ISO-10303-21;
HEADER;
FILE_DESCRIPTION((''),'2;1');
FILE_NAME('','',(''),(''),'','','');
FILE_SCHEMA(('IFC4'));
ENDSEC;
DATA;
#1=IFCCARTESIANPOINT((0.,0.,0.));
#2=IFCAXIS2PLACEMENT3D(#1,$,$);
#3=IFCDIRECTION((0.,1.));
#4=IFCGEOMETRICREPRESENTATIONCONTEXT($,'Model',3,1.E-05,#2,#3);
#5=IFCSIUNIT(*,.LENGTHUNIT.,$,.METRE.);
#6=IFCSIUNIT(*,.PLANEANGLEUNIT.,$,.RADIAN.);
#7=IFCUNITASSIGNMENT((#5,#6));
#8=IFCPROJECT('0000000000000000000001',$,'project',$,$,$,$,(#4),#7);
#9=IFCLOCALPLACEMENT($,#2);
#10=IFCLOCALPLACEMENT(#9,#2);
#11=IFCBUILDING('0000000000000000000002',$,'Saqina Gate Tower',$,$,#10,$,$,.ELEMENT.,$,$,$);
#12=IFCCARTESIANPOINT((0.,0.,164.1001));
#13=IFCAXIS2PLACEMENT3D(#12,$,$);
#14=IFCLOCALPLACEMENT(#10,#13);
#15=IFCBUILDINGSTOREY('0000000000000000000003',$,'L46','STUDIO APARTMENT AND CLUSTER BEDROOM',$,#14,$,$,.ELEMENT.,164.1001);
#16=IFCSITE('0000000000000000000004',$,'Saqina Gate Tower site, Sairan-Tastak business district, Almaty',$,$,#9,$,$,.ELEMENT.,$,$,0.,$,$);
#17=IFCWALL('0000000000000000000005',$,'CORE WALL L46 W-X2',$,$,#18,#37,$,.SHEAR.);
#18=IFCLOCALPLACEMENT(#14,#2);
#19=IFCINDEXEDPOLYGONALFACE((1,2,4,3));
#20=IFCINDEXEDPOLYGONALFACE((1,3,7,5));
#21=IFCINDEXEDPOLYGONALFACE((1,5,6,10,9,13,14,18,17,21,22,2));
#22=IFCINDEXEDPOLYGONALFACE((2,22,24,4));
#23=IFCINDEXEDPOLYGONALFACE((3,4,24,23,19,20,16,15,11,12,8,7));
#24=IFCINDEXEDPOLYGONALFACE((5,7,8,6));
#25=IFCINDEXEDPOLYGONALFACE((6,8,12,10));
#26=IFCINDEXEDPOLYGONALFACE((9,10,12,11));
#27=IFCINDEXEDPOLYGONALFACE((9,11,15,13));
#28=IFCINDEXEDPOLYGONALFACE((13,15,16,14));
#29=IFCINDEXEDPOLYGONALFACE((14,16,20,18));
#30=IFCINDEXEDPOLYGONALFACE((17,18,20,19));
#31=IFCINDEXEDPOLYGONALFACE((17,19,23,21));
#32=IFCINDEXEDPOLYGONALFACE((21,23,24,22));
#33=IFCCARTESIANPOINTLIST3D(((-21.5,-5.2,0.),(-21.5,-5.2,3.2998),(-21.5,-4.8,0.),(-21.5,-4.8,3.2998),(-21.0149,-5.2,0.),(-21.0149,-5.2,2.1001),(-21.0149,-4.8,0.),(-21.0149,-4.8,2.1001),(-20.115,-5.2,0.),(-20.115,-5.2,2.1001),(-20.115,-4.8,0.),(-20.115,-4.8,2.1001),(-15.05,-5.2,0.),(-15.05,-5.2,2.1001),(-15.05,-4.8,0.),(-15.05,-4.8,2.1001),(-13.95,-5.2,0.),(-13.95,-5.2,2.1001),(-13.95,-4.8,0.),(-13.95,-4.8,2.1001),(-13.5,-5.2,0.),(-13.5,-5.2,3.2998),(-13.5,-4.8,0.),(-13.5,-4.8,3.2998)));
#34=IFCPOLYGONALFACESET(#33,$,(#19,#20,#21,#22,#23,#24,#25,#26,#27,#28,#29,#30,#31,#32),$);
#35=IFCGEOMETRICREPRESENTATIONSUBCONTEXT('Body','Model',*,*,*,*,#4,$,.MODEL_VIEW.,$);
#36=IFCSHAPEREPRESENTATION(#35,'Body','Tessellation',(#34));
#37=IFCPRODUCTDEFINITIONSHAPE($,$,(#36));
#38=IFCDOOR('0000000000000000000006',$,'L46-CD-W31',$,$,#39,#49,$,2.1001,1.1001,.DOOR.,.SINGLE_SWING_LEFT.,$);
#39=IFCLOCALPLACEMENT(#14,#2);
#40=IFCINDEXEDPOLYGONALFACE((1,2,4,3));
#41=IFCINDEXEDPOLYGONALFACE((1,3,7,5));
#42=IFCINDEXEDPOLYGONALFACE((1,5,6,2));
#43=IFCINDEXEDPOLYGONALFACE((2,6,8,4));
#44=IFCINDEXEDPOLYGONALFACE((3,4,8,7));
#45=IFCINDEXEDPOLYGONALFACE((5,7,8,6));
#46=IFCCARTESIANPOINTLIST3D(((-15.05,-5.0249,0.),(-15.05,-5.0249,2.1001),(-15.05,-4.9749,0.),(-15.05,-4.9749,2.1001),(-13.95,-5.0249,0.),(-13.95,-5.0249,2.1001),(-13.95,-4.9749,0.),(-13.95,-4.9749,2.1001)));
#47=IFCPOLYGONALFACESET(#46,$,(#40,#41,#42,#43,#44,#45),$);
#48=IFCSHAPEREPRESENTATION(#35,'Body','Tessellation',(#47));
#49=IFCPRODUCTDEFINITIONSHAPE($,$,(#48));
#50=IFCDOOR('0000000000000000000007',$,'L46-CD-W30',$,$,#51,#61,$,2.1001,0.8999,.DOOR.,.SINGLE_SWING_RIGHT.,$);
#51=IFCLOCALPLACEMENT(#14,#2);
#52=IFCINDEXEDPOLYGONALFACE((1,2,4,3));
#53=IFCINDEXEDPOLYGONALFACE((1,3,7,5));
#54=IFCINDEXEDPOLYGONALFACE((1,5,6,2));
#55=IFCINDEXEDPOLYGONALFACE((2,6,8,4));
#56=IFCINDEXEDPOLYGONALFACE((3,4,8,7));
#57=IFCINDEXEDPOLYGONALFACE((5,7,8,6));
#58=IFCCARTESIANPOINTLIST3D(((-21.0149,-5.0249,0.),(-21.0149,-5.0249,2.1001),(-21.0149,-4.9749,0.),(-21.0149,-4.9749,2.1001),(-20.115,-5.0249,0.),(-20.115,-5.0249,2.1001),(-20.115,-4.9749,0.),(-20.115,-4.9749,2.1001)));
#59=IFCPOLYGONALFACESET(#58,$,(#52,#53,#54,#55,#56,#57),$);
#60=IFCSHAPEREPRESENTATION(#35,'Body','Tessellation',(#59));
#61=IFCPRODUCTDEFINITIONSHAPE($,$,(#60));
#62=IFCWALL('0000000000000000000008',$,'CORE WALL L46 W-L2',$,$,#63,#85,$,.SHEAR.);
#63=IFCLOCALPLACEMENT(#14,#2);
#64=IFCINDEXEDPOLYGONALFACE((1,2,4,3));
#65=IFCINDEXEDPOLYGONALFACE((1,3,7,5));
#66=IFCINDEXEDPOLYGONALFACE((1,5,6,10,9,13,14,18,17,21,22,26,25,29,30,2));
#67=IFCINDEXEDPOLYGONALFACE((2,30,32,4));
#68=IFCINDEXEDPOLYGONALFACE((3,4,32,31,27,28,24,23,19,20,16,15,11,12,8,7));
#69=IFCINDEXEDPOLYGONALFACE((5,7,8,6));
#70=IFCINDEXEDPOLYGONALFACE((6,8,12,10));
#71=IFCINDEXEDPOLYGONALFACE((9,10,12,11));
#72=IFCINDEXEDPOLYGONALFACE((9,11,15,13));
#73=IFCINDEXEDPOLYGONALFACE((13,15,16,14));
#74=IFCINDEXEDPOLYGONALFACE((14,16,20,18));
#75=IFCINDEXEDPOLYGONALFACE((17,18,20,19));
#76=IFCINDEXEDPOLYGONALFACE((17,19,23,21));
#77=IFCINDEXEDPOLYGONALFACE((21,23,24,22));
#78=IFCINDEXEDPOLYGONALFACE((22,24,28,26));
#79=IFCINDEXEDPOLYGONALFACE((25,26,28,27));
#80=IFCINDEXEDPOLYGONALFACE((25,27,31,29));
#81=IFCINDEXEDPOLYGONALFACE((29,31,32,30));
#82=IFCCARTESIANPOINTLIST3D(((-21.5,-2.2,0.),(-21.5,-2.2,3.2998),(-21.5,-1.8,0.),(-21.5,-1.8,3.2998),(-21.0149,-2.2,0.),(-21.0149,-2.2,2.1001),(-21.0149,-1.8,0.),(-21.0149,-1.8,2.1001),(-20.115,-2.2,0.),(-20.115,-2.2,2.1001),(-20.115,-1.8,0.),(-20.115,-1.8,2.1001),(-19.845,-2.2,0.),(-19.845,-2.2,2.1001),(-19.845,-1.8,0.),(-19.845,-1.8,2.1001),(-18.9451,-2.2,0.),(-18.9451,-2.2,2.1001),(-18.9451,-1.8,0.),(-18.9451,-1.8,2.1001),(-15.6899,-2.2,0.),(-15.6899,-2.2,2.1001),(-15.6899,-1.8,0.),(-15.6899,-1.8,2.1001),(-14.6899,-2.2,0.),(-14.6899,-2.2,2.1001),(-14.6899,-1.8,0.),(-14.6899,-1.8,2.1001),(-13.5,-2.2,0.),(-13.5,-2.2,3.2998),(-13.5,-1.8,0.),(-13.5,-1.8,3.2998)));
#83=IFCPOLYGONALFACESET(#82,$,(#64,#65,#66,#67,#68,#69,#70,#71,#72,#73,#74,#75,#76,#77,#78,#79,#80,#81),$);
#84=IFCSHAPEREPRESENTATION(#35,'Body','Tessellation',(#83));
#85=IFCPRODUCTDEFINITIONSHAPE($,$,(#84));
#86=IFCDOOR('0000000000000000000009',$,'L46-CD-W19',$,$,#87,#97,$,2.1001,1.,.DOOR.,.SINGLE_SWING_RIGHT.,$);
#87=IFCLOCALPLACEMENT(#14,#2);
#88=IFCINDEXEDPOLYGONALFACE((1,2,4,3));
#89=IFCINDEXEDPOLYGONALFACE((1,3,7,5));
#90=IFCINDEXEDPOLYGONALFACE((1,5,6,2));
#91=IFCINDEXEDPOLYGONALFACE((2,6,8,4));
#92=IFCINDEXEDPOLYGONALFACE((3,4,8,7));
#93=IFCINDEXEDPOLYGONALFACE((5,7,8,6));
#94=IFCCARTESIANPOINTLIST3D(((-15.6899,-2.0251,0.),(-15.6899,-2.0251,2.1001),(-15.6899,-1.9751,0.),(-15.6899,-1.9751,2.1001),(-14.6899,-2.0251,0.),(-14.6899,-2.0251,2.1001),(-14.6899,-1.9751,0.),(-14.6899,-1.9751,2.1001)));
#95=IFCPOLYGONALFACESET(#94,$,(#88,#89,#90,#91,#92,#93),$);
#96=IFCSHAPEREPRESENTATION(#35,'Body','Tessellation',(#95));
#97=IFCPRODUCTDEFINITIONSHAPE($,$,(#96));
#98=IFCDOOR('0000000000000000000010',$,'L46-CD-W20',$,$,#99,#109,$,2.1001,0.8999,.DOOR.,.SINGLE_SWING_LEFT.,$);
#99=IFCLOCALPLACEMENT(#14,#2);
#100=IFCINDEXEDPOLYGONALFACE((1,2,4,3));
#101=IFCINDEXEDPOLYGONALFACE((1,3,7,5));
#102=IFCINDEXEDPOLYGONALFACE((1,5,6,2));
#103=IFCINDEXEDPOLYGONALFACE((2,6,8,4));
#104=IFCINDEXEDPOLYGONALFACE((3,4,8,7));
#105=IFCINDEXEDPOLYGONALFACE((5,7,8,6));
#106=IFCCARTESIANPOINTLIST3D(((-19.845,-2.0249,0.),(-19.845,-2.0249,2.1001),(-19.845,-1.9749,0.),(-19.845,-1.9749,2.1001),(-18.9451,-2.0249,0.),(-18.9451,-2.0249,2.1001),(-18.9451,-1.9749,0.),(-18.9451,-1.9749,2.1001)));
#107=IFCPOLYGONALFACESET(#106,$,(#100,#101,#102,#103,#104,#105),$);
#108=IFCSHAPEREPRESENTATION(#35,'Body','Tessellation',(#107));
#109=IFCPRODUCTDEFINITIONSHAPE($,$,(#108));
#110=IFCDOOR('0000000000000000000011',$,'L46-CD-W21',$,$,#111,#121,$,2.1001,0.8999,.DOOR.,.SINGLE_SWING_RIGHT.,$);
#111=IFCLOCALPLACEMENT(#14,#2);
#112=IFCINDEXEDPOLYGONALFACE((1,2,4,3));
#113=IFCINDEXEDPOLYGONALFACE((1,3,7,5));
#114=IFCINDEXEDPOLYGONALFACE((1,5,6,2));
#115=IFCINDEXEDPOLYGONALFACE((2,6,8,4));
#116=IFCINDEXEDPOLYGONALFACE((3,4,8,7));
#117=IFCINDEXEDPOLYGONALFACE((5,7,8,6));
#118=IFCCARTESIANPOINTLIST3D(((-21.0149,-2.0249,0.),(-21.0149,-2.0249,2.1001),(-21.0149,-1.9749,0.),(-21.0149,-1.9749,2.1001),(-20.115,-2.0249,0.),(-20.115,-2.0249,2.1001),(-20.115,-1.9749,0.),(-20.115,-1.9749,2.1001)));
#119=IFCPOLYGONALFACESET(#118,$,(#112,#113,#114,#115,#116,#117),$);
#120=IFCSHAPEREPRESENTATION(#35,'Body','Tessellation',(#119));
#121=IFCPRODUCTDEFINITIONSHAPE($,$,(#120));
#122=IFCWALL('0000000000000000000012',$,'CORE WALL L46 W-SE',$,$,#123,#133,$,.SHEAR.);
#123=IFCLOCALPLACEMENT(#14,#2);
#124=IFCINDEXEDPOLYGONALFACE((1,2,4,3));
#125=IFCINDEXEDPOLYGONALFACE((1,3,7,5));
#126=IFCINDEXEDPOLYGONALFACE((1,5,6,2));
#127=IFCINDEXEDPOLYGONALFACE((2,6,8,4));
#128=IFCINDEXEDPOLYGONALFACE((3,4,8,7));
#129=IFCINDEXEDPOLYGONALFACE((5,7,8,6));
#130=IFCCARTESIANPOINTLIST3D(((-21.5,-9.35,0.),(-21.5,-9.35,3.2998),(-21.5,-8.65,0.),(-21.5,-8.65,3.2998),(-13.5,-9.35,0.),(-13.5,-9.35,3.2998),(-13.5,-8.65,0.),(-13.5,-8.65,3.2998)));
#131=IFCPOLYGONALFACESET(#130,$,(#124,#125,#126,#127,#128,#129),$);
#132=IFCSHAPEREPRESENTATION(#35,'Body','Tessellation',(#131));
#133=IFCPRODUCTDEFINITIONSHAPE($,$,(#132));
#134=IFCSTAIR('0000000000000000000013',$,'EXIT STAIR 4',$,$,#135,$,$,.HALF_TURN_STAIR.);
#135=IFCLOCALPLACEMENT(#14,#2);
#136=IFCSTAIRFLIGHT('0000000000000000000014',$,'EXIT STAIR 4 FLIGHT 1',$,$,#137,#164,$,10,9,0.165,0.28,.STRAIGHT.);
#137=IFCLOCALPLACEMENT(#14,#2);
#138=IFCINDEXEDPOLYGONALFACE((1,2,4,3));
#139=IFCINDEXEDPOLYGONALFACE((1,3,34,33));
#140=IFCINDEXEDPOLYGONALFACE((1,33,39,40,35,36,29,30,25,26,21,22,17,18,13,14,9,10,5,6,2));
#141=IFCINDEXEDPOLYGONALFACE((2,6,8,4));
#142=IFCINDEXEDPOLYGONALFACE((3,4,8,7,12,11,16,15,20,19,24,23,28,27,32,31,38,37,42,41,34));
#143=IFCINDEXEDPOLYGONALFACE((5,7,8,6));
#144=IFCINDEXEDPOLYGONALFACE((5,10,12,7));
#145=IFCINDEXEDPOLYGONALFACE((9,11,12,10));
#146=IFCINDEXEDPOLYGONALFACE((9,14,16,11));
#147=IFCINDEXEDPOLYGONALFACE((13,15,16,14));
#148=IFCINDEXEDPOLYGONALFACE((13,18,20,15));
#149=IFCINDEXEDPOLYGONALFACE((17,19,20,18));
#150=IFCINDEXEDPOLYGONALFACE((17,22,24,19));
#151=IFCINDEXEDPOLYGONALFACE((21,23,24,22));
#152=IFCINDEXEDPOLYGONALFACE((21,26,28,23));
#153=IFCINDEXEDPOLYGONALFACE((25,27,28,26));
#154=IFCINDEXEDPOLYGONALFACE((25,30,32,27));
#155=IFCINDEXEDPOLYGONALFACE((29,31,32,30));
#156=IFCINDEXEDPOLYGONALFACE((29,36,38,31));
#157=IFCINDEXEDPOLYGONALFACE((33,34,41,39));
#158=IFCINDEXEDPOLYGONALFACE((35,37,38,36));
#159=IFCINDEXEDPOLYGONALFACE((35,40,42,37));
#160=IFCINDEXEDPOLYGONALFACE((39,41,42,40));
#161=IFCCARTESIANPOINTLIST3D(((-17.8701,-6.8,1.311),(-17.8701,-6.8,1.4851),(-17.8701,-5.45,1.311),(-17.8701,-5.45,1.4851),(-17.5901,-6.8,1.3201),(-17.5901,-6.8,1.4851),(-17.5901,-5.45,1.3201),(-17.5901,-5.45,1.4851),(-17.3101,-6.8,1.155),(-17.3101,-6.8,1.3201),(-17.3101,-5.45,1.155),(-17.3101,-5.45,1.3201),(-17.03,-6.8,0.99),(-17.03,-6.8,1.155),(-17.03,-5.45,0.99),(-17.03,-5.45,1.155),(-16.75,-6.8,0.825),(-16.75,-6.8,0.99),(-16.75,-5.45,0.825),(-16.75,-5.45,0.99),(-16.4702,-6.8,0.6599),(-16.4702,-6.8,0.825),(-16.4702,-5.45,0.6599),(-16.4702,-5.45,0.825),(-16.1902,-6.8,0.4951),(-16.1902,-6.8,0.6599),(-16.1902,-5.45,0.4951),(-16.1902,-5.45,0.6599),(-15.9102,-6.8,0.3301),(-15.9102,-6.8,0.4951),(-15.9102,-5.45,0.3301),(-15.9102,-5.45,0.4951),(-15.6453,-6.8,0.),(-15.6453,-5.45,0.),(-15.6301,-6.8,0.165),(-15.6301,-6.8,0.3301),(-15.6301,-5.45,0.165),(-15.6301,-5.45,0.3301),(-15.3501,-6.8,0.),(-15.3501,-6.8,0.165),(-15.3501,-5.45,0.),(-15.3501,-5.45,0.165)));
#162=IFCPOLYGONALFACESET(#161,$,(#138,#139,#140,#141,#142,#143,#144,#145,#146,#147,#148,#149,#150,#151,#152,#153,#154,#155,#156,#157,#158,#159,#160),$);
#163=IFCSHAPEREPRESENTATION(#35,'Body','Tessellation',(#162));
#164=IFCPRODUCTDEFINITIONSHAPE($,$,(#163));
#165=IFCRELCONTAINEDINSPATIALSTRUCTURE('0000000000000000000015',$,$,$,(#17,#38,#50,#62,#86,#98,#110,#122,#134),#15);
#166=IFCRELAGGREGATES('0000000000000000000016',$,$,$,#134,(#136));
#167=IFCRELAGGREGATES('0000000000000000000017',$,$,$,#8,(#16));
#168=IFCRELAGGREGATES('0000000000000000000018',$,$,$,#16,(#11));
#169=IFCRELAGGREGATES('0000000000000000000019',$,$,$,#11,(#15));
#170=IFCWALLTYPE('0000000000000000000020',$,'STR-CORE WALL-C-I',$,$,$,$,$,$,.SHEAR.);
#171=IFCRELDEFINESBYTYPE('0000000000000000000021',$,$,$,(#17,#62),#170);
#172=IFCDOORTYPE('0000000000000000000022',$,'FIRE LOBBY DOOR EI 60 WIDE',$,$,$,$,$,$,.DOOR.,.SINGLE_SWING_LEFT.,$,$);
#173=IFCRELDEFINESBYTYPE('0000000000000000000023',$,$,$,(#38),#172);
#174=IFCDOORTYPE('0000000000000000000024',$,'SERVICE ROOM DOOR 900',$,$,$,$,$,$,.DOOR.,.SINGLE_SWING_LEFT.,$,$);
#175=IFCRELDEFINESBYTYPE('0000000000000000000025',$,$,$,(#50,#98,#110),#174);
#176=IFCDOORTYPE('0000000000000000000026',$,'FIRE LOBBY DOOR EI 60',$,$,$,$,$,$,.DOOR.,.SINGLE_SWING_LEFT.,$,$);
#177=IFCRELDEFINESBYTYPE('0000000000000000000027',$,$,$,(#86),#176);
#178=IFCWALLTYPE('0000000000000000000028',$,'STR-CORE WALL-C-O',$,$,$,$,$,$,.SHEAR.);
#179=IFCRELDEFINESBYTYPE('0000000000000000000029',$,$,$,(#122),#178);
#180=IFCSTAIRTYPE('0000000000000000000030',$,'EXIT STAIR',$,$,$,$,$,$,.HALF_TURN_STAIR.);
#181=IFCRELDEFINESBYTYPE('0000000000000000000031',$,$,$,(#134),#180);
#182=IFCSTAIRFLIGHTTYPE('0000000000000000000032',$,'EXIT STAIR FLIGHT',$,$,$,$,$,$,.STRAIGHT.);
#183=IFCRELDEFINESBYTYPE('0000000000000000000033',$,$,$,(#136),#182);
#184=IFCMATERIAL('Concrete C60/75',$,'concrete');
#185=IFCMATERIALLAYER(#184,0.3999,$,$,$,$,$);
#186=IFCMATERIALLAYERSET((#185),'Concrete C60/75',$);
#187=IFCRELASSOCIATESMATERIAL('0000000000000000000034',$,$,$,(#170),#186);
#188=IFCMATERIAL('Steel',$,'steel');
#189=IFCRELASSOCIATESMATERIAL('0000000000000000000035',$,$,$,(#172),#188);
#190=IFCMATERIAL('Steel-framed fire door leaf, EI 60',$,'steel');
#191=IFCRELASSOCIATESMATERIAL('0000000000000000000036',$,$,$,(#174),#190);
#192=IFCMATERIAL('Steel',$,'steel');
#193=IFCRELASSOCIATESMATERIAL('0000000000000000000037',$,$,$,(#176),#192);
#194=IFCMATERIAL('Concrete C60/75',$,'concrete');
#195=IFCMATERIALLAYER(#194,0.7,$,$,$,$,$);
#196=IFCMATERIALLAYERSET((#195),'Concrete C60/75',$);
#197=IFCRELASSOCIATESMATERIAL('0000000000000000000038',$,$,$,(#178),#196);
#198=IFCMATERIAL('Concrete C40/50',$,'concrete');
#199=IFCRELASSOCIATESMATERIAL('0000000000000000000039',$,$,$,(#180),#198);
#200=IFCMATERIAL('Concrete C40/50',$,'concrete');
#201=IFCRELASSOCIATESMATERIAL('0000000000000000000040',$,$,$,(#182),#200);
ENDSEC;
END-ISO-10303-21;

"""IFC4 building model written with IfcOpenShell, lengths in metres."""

from ifc_helpers import new_model, si_unit, direction, frame, frame_2d, origin, place, context, subcontext, project, spatial, polyline, rectangle, outline, extrude, material, layer, layer_set, type_object, element, fill, aggregate, save


model = new_model("IFC4")

# Units and contexts
model_context = context("Model", 3, precision=1e-05, world=origin(), true_north=direction((0.0, 1.0)))
body_context = subcontext(model_context, "Body", "Model", "MODEL_VIEW")
ifc_project = project(units=[si_unit("LENGTHUNIT", "METRE"), si_unit("PLANEANGLEUNIT", "RADIAN")], contexts=[model_context])

# Site, building, storey
site_placement = place(None, origin())
site = spatial("IfcSite", under=ifc_project, at=site_placement, Name="Saqina Gate Tower site, Sairan-Tastak business district, Almaty", CompositionType="ELEMENT", RefElevation=0.0)
building_placement = place(site_placement, origin())
building = spatial("IfcBuilding", under=site, at=building_placement, Name="Saqina Gate Tower", CompositionType="ELEMENT")
storey_placement = place(building_placement, frame((0.0, 0.0, 164.1001)))
storey = spatial("IfcBuildingStorey", under=building, at=storey_placement, Name="L46", Description="STUDIO APARTMENT AND CLUSTER BEDROOM", CompositionType="ELEMENT", Elevation=164.1001)

# Walls, openings, doors
ifc_material_1 = material(Name="Concrete C60/75", Category="concrete")
ifc_layer_1 = layer(ifc_material_1, 0.3999)
ifc_layer_set_1 = layer_set([ifc_layer_1], Name="Concrete C60/75")
wall_type_1 = type_object("IfcWallType", Name="STR-CORE WALL-C-I", PredefinedType="SHEAR", material=ifc_layer_set_1)
wall_1_placement = place(storey_placement, frame((-13.5, -5.0, 0.0), z_axis=(0.0, 0.0, 1.0), x_axis=(-1.0, 0.0, 0.0)))
wall_1 = element("IfcWall", 1, at=wall_1_placement, inside=storey, type_object=wall_type_1, Name="CORE WALL L46 W-X2", PredefinedType="SHEAR", context=body_context, shape_type="SweptSolid", body=[
    extrude(rectangle(XDim=8.0, YDim=0.3999, at=frame_2d((4.0, 0.0))), origin(), (0.0, 0.0, 1.0), 3.2998),
])
opening_1_placement = place(wall_1_placement, frame((6.615, 0.0, 0.0)))
opening_1 = element("IfcOpeningElement", 2, at=opening_1_placement, cuts=wall_1, PredefinedType="OPENING", context=body_context, shape_type="SweptSolid", body=[
    extrude(rectangle(XDim=0.8999, YDim=2.1001, at=frame_2d((0.45, 1.05))), frame((0.0, 0.2119, 0.0), z_axis=(0.0, -1.0, 0.0), x_axis=(1.0, 0.0, 0.0)), (0.0, 0.0, 1.0), 0.4238),
])
opening_2_placement = place(wall_1_placement, frame((0.45, 0.0, 0.0)))
opening_2 = element("IfcOpeningElement", 3, at=opening_2_placement, cuts=wall_1, PredefinedType="OPENING", context=body_context, shape_type="SweptSolid", body=[
    extrude(rectangle(XDim=1.1001, YDim=2.1001, at=frame_2d((0.55, 1.05))), frame((0.0, 0.2119, 0.0), z_axis=(0.0, -1.0, 0.0), x_axis=(1.0, 0.0, 0.0)), (0.0, 0.0, 1.0), 0.4238),
])
ifc_material_2 = material(Name="Steel", Category="steel")
door_type_1 = type_object("IfcDoorType", Name="FIRE LOBBY DOOR EI 60 WIDE", OperationType="SINGLE_SWING_LEFT", PredefinedType="DOOR", material=ifc_material_2)
door_1_placement = place(opening_2_placement, origin())
door_1 = element("IfcDoor", 4, at=door_1_placement, inside=storey, type_object=door_type_1, Name="L46-CD-W31", OperationType="SINGLE_SWING_LEFT", OverallHeight=2.1001, OverallWidth=1.1001, PredefinedType="DOOR", context=body_context, shape_type="SweptSolid", body=[
    extrude(rectangle(XDim=1.1001, YDim=2.1001, at=frame_2d((0.55, 1.05))), frame((0.0, 0.0249, 0.0), z_axis=(0.0, -1.0, 0.0), x_axis=(1.0, 0.0, 0.0)), (0.0, 0.0, 1.0), 0.05),
])
fill(opening_2, door_1)
ifc_material_3 = material(Name="Steel-framed fire door leaf, EI 60", Category="steel")
door_type_2 = type_object("IfcDoorType", Name="SERVICE ROOM DOOR 900", OperationType="SINGLE_SWING_LEFT", PredefinedType="DOOR", material=ifc_material_3)
door_2_placement = place(opening_1_placement, origin())
door_2 = element("IfcDoor", 5, at=door_2_placement, inside=storey, type_object=door_type_2, Name="L46-CD-W30", OperationType="SINGLE_SWING_RIGHT", OverallHeight=2.1001, OverallWidth=0.8999, PredefinedType="DOOR", context=body_context, shape_type="SweptSolid", body=[
    extrude(rectangle(XDim=0.8999, YDim=2.1001, at=frame_2d((0.45, 1.05))), frame((0.0, 0.0249, 0.0), z_axis=(0.0, -1.0, 0.0), x_axis=(1.0, 0.0, 0.0)), (0.0, 0.0, 1.0), 0.05),
])
fill(opening_1, door_2)
wall_2_placement = place(storey_placement, frame((-13.5, -2.0, 0.0), z_axis=(0.0, 0.0, 1.0), x_axis=(-1.0, 0.0, 0.0)))
wall_2 = element("IfcWall", 6, at=wall_2_placement, inside=storey, type_object=wall_type_1, Name="CORE WALL L46 W-L2", PredefinedType="SHEAR", context=body_context, shape_type="SweptSolid", body=[
    extrude(rectangle(XDim=8.0, YDim=0.3999, at=frame_2d((4.0, 0.0))), origin(), (0.0, 0.0, 1.0), 3.2998),
])
opening_3_placement = place(wall_2_placement, frame((1.1899, 0.0, 0.0)))
opening_3 = element("IfcOpeningElement", 7, at=opening_3_placement, cuts=wall_2, PredefinedType="OPENING", context=body_context, shape_type="SweptSolid", body=[
    extrude(rectangle(XDim=1.0, YDim=2.1001, at=frame_2d((0.5, 1.05))), frame((0.0, 0.2119, 0.0), z_axis=(0.0, -1.0, 0.0), x_axis=(1.0, 0.0, 0.0)), (0.0, 0.0, 1.0), 0.4238),
])
opening_4_placement = place(wall_2_placement, frame((5.4451, 0.0, 0.0)))
opening_4 = element("IfcOpeningElement", 8, at=opening_4_placement, cuts=wall_2, PredefinedType="OPENING", context=body_context, shape_type="SweptSolid", body=[
    extrude(rectangle(XDim=0.8999, YDim=2.1001, at=frame_2d((0.45, 1.05))), frame((0.0, 0.2119, 0.0), z_axis=(0.0, -1.0, 0.0), x_axis=(1.0, 0.0, 0.0)), (0.0, 0.0, 1.0), 0.4238),
])
opening_5_placement = place(wall_2_placement, frame((6.615, 0.0, 0.0)))
opening_5 = element("IfcOpeningElement", 9, at=opening_5_placement, cuts=wall_2, PredefinedType="OPENING", context=body_context, shape_type="SweptSolid", body=[
    extrude(rectangle(XDim=0.8999, YDim=2.1001, at=frame_2d((0.45, 1.05))), frame((0.0, 0.2119, 0.0), z_axis=(0.0, -1.0, 0.0), x_axis=(1.0, 0.0, 0.0)), (0.0, 0.0, 1.0), 0.4238),
])
ifc_material_4 = material(Name="Steel", Category="steel")
door_type_3 = type_object("IfcDoorType", Name="FIRE LOBBY DOOR EI 60", OperationType="SINGLE_SWING_LEFT", PredefinedType="DOOR", material=ifc_material_4)
door_3_placement = place(opening_3_placement, frame((1.0, 0.0, 0.0), z_axis=(0.0, 0.0, 1.0), x_axis=(-1.0, 0.0, 0.0)))
door_3 = element("IfcDoor", 10, at=door_3_placement, inside=storey, type_object=door_type_3, Name="L46-CD-W19", OperationType="SINGLE_SWING_RIGHT", OverallHeight=2.1001, OverallWidth=1.0, PredefinedType="DOOR", context=body_context, shape_type="SweptSolid", body=[
    extrude(rectangle(XDim=1.0, YDim=2.1001, at=frame_2d((0.5, 1.05))), frame((0.0, 0.0249, 0.0), z_axis=(0.0, -1.0, 0.0), x_axis=(1.0, 0.0, 0.0)), (0.0, 0.0, 1.0), 0.05),
])
fill(opening_3, door_3)
door_4_placement = place(opening_4_placement, origin())
door_4 = element("IfcDoor", 11, at=door_4_placement, inside=storey, type_object=door_type_2, Name="L46-CD-W20", OperationType="SINGLE_SWING_LEFT", OverallHeight=2.1001, OverallWidth=0.8999, PredefinedType="DOOR", context=body_context, shape_type="SweptSolid", body=[
    extrude(rectangle(XDim=0.8999, YDim=2.1001, at=frame_2d((0.45, 1.05))), frame((0.0, 0.0249, 0.0), z_axis=(0.0, -1.0, 0.0), x_axis=(1.0, 0.0, 0.0)), (0.0, 0.0, 1.0), 0.05),
])
fill(opening_4, door_4)
door_5_placement = place(opening_5_placement, origin())
door_5 = element("IfcDoor", 12, at=door_5_placement, inside=storey, type_object=door_type_2, Name="L46-CD-W21", OperationType="SINGLE_SWING_RIGHT", OverallHeight=2.1001, OverallWidth=0.8999, PredefinedType="DOOR", context=body_context, shape_type="SweptSolid", body=[
    extrude(rectangle(XDim=0.8999, YDim=2.1001, at=frame_2d((0.45, 1.05))), frame((0.0, 0.0249, 0.0), z_axis=(0.0, -1.0, 0.0), x_axis=(1.0, 0.0, 0.0)), (0.0, 0.0, 1.0), 0.05),
])
fill(opening_5, door_5)

# Wall
ifc_material_5 = material(Name="Concrete C60/75", Category="concrete")
ifc_layer_2 = layer(ifc_material_5, 0.7)
ifc_layer_set_2 = layer_set([ifc_layer_2], Name="Concrete C60/75")
wall_type_2 = type_object("IfcWallType", Name="STR-CORE WALL-C-O", PredefinedType="SHEAR", material=ifc_layer_set_2)
wall_3_placement = place(storey_placement, frame((-13.5, -9.0, 0.0), z_axis=(0.0, 0.0, 1.0), x_axis=(-1.0, 0.0, 0.0)))
element("IfcWall", 13, at=wall_3_placement, inside=storey, type_object=wall_type_2, Name="CORE WALL L46 W-SE", PredefinedType="SHEAR", context=body_context, shape_type="SweptSolid", body=[
    extrude(rectangle(XDim=8.0, YDim=0.7, at=frame_2d((4.0, 0.0))), origin(), (0.0, 0.0, 1.0), 3.2998),
])

# Stair, stair flight
ifc_material_6 = material(Name="Concrete C40/50", Category="concrete")
stair_type = type_object("IfcStairType", Name="EXIT STAIR", PredefinedType="HALF_TURN_STAIR", material=ifc_material_6)
stair_placement = place(storey_placement, origin())
stair = element("IfcStair", 14, at=stair_placement, inside=storey, type_object=stair_type, Name="EXIT STAIR 4", PredefinedType="HALF_TURN_STAIR")
ifc_material_7 = material(Name="Concrete C40/50", Category="concrete")
stair_flight_type = type_object("IfcStairFlightType", Name="EXIT STAIR FLIGHT", PredefinedType="STRAIGHT", material=ifc_material_7)
stair_flight_1_placement = place(storey_placement, frame((-15.3501, -6.125, 0.0), z_axis=(0.0, 0.0, 1.0), x_axis=(-1.0, 0.0, 0.0)))
stair_flight_1 = element("IfcStairFlight", 15, at=stair_flight_1_placement, type_object=stair_flight_type, Name="EXIT STAIR 4 FLIGHT 1", NumberOfRisers=10, NumberOfTreads=9, PredefinedType="STRAIGHT", RiserHeight=0.165, TreadLength=0.28, context=body_context, shape_type="SweptSolid", body=[
    extrude(outline(polyline([(0.0, 0.0), (0.0, 0.165), (0.28, 0.165), (0.28, 0.3301), (0.5601, 0.3301), (0.5601, 0.4951), (0.8401, 0.4951), (0.8401, 0.6599), (1.1201, 0.6599), (1.1201, 0.825), (1.3999, 0.825), (1.3999, 0.99), (1.6799, 0.99), (1.6799, 1.155), (1.96, 1.155), (1.96, 1.3201), (2.24, 1.3201), (2.24, 1.4851), (2.52, 1.4851), (2.52, 1.6499), (2.52, 1.311), (0.2952, 0.0), (0.0, 0.0)])), frame((0.0, 0.675, 0.0), z_axis=(0.0, -1.0, 0.0), x_axis=(1.0, 0.0, 0.0)), (0.0, 0.0, 1.0), 1.3501),
])
aggregate(stair, [stair_flight_1])

save(model, "model.ifc")
